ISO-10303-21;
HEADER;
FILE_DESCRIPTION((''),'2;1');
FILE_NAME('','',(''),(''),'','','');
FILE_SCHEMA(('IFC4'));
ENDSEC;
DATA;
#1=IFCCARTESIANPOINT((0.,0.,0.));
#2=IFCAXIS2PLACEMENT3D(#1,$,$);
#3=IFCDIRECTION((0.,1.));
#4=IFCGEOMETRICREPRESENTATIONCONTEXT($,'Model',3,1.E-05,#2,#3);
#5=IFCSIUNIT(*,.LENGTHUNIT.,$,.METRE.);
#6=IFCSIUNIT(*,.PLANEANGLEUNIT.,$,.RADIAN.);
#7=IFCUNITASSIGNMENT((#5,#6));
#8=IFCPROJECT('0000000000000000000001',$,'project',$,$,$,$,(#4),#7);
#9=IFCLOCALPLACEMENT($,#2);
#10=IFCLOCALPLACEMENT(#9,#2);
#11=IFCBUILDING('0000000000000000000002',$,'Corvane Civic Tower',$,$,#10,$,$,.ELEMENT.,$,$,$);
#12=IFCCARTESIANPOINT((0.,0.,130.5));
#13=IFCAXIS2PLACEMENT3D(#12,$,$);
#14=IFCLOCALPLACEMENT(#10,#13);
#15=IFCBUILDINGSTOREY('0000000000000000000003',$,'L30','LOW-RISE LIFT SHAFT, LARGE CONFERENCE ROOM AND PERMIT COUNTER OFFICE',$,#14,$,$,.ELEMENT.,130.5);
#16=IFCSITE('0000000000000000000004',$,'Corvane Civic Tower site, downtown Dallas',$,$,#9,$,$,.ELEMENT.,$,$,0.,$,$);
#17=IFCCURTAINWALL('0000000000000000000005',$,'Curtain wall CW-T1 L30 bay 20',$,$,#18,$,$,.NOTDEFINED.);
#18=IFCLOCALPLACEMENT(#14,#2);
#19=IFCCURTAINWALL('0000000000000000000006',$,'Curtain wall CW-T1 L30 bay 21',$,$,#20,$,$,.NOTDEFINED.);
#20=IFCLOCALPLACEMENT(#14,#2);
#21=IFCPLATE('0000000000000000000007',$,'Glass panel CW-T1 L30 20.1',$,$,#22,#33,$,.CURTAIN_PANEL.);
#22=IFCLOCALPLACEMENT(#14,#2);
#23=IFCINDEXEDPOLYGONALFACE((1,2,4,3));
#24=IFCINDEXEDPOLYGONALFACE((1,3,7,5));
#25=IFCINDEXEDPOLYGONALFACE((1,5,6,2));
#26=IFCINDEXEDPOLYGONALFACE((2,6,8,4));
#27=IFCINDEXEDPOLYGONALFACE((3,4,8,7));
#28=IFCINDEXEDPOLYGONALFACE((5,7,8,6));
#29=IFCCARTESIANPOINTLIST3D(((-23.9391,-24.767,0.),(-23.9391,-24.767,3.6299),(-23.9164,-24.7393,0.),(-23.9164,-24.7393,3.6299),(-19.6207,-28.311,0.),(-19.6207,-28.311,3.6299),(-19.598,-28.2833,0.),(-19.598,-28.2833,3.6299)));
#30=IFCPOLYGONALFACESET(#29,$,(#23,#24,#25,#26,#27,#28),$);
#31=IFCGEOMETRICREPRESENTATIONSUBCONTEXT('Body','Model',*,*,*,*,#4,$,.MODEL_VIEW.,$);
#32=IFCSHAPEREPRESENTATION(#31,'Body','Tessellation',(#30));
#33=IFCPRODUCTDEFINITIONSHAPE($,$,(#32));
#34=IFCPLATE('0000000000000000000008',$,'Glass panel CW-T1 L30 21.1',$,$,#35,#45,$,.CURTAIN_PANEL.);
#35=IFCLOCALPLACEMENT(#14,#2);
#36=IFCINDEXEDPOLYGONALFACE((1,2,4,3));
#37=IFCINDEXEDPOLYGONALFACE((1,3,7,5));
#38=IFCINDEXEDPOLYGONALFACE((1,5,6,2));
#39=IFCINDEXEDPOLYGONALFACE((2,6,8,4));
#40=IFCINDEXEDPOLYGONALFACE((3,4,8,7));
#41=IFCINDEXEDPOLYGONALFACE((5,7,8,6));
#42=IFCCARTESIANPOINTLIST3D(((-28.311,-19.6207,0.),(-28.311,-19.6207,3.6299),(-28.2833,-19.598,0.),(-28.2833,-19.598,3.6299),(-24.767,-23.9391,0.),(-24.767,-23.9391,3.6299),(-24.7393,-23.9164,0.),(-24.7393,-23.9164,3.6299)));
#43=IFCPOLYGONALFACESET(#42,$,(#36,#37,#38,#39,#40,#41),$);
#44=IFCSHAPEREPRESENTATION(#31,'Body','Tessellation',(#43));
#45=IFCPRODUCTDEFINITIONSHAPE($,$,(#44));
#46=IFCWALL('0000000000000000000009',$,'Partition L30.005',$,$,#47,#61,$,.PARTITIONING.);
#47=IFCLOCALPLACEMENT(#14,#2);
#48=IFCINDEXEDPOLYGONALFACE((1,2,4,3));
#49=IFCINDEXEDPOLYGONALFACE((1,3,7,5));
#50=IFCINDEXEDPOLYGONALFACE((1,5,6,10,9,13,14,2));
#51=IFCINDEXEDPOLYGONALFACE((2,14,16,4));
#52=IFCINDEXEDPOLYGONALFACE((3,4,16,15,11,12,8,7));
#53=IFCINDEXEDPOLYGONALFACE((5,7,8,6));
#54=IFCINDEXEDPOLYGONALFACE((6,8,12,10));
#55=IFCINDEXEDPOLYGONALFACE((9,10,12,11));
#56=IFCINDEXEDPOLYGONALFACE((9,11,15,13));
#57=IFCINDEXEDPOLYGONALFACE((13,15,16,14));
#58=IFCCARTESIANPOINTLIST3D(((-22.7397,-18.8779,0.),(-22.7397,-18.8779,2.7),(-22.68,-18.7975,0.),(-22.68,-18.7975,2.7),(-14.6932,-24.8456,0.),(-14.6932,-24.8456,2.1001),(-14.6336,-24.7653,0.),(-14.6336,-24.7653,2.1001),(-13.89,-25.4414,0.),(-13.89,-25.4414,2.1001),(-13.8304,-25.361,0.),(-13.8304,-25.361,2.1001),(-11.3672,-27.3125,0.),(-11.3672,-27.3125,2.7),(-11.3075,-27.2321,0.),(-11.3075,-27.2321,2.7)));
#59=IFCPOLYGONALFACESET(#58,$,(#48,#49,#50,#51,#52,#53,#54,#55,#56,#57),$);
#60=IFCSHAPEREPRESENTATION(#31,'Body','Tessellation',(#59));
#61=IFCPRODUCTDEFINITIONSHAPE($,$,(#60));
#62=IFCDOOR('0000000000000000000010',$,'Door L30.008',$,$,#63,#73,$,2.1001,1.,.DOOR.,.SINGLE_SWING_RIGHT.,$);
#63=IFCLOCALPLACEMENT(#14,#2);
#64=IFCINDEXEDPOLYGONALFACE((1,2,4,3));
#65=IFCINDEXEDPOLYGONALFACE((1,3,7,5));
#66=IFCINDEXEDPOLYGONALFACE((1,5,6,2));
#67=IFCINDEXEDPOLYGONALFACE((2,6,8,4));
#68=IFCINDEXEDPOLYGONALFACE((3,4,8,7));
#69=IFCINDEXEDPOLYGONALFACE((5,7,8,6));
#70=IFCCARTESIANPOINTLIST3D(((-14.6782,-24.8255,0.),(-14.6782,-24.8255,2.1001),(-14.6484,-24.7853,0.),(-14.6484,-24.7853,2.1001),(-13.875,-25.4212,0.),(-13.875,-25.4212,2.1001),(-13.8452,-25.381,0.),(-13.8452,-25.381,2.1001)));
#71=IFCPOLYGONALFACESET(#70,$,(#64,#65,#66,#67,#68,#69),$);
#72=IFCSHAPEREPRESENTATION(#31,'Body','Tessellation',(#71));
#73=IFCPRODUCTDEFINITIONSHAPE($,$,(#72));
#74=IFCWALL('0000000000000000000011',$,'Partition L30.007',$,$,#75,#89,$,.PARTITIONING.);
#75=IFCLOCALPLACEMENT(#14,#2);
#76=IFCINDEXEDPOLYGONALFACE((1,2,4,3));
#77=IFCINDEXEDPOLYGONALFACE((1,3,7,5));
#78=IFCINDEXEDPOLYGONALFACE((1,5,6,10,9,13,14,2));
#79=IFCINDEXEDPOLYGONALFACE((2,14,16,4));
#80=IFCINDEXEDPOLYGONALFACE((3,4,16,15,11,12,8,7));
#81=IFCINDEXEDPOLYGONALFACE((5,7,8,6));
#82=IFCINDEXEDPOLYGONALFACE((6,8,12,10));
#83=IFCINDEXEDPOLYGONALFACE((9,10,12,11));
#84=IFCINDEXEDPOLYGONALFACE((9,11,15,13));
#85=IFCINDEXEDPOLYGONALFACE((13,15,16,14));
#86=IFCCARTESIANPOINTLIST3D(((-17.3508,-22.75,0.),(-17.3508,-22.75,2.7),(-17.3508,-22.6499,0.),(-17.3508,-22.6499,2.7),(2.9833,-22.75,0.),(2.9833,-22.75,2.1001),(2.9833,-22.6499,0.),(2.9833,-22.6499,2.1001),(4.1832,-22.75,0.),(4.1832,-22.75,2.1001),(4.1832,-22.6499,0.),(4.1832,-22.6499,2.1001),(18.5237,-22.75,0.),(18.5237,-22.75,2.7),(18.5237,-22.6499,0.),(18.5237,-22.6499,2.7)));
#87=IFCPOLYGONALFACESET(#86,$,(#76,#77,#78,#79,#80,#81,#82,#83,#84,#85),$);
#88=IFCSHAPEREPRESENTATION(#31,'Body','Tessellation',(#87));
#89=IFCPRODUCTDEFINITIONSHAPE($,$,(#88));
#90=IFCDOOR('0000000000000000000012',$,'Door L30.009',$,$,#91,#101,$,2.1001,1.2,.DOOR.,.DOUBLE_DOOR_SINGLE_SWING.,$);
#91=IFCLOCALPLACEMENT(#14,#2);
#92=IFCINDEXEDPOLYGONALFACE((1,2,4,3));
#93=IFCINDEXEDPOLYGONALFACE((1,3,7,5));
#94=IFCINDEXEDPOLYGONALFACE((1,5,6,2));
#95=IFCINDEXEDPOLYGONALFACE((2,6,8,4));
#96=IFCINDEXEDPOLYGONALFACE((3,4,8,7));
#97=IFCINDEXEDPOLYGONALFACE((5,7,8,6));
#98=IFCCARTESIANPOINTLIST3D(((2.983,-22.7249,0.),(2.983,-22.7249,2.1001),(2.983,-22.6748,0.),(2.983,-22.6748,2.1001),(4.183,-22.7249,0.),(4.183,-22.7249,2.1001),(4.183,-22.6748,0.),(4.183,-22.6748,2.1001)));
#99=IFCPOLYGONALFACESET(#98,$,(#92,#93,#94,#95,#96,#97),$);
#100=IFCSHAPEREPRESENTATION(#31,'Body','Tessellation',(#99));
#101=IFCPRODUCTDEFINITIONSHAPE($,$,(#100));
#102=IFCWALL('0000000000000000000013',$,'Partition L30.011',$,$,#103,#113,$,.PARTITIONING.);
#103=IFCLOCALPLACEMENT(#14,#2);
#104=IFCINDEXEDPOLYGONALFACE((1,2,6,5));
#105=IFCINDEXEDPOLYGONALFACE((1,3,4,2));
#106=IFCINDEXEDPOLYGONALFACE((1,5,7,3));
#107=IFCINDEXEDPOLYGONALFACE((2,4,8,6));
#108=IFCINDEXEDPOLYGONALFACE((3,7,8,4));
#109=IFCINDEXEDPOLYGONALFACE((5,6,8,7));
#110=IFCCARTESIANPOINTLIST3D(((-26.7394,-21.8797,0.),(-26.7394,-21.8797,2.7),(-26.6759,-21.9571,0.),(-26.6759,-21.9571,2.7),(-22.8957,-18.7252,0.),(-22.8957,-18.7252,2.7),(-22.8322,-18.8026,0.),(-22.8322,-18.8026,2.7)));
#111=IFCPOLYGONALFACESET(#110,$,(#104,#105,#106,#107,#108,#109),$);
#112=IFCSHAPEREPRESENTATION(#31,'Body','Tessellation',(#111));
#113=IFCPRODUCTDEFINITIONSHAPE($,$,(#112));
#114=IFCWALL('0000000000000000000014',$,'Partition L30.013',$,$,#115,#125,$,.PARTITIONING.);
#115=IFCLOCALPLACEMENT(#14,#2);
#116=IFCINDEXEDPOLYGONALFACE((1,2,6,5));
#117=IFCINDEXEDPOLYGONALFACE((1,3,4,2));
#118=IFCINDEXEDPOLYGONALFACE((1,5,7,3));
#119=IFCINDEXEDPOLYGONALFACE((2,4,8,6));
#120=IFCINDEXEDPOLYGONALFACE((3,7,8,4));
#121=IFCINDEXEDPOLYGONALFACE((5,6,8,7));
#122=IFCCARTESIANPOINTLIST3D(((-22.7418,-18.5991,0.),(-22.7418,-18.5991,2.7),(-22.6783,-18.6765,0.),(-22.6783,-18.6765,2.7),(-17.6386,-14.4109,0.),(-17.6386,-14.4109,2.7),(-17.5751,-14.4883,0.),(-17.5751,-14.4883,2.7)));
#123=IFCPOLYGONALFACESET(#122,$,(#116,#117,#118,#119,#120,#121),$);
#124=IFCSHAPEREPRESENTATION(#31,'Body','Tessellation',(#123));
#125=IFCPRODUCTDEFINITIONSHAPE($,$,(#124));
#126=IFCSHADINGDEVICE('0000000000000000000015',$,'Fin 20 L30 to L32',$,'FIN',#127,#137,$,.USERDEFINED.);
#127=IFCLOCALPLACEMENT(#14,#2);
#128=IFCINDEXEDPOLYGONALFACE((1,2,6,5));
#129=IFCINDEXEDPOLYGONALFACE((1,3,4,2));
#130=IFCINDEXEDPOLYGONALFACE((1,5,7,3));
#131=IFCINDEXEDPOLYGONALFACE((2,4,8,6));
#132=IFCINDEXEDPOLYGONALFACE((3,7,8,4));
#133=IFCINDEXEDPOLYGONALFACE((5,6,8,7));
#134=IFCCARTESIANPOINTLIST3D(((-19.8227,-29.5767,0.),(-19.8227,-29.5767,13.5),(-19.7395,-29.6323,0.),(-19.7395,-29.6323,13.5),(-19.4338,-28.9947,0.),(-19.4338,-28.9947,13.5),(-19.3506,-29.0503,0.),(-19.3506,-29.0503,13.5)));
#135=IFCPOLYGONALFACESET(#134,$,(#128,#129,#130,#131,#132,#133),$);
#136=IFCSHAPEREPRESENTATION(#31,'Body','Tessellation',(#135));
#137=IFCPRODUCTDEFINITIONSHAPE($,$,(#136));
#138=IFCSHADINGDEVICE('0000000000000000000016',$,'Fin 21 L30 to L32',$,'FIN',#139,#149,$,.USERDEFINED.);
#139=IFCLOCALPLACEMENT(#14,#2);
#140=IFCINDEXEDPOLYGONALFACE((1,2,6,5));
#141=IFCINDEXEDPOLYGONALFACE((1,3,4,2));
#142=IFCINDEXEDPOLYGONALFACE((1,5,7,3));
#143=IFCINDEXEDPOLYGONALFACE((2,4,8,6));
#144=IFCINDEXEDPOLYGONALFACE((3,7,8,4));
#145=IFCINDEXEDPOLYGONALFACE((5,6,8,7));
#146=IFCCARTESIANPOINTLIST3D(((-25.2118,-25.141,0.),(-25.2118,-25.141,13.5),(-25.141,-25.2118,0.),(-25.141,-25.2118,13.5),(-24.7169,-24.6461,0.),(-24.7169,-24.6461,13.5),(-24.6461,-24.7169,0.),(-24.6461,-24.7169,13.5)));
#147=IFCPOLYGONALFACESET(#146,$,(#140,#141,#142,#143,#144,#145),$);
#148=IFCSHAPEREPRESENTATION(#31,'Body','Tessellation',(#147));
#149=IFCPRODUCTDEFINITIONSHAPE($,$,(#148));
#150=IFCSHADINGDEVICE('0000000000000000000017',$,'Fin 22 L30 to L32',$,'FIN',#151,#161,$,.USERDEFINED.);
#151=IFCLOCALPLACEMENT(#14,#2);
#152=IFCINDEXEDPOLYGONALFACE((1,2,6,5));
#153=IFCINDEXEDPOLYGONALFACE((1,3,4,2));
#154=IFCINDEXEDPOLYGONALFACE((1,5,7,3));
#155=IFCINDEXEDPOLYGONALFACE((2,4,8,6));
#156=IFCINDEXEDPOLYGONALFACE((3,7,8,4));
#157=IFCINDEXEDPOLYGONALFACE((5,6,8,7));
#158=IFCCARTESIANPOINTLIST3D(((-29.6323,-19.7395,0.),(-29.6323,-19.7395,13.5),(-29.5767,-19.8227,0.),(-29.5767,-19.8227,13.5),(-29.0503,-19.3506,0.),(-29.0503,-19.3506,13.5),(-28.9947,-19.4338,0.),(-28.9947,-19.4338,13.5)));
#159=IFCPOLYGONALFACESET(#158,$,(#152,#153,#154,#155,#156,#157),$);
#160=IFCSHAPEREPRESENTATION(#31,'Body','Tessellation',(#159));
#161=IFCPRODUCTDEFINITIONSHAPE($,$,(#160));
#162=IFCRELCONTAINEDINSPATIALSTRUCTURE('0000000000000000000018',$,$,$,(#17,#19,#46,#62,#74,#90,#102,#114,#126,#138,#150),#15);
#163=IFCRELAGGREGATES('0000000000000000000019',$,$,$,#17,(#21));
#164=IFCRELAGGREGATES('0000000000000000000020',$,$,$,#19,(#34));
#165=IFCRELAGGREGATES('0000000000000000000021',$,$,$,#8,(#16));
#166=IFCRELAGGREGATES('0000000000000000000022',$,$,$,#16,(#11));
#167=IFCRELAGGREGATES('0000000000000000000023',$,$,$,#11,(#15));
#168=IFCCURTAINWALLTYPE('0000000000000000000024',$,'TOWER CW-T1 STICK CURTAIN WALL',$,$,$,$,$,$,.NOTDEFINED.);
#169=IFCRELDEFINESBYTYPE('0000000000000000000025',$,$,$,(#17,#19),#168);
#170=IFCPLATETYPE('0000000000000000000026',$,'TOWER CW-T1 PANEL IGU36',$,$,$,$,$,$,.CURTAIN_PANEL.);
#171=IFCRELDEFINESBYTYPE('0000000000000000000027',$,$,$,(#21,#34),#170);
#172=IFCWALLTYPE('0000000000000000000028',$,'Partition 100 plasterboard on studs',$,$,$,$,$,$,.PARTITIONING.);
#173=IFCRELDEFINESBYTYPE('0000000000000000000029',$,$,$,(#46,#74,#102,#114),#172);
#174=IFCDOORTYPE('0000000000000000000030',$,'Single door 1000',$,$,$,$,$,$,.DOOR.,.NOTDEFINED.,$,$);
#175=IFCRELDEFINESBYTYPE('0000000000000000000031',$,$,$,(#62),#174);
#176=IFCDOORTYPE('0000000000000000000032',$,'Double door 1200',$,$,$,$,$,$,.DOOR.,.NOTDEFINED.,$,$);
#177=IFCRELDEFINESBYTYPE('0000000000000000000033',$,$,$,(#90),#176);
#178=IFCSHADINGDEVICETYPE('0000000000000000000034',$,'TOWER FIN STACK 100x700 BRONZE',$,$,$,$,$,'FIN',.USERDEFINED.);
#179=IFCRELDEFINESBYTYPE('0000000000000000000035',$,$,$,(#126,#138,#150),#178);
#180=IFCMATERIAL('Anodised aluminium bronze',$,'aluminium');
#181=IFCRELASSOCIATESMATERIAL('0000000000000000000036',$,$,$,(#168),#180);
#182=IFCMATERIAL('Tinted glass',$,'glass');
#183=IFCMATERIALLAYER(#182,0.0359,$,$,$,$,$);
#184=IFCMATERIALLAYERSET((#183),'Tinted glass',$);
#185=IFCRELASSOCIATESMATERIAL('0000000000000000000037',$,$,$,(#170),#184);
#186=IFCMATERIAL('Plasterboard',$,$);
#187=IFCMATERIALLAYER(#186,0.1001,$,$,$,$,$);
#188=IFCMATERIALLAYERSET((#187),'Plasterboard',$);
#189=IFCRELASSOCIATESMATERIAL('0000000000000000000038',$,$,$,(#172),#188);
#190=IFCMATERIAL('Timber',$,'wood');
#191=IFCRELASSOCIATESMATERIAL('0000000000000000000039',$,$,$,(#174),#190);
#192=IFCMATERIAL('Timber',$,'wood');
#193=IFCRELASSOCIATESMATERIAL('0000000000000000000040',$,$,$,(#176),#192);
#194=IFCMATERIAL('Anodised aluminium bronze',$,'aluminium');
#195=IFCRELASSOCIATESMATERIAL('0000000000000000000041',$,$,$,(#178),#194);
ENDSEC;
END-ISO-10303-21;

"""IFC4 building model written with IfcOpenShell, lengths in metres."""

from ifc_helpers import new_model, si_unit, direction, frame, frame_2d, origin, origin_2d, place, context, subcontext, project, spatial, rectangle, extrude, material, layer, layer_set, material_profile, profile_set, type_object, element, fill, aggregate, save


model = new_model("IFC4")

# Units and contexts
model_context = context("Model", 3, precision=1e-05, world=origin(), true_north=direction((0.0, 1.0)))
body_context = subcontext(model_context, "Body", "Model", "MODEL_VIEW")
ifc_project = project(units=[si_unit("LENGTHUNIT", "METRE"), si_unit("PLANEANGLEUNIT", "RADIAN")], contexts=[model_context])

# Site, building, storey
site_placement = place(None, origin())
site = spatial("IfcSite", under=ifc_project, at=site_placement, Name="Corvane Civic Tower site, downtown Dallas", CompositionType="ELEMENT", RefElevation=0.0)
building_placement = place(site_placement, origin())
building = spatial("IfcBuilding", under=site, at=building_placement, Name="Corvane Civic Tower", CompositionType="ELEMENT")
storey_placement = place(building_placement, frame((0.0, 0.0, 130.5)))
storey = spatial("IfcBuildingStorey", under=building, at=storey_placement, Name="L30", Description="LOW-RISE LIFT SHAFT, LARGE CONFERENCE ROOM AND PERMIT COUNTER OFFICE", CompositionType="ELEMENT", Elevation=130.5)

# Curtain walls
ifc_material_1 = material(Name="Anodised aluminium bronze", Category="aluminium")
curtain_wall_type = type_object("IfcCurtainWallType", Name="TOWER CW-T1 STICK CURTAIN WALL", PredefinedType="NOTDEFINED", material=ifc_material_1)
curtain_wall_1_placement = place(storey_placement, origin())
curtain_wall_1 = element("IfcCurtainWall", 1, at=curtain_wall_1_placement, inside=storey, type_object=curtain_wall_type, Name="Curtain wall CW-T1 L30 bay 20", PredefinedType="NOTDEFINED")
curtain_wall_2_placement = place(storey_placement, origin())
curtain_wall_2 = element("IfcCurtainWall", 2, at=curtain_wall_2_placement, inside=storey, type_object=curtain_wall_type, Name="Curtain wall CW-T1 L30 bay 21", PredefinedType="NOTDEFINED")

# Shared definitions
ifc_material_2 = material(Name="Tinted glass", Category="glass")
ifc_layer_1 = layer(ifc_material_2, 0.0359)
ifc_layer_set_1 = layer_set([ifc_layer_1], Name="Tinted glass")
plate_type = type_object("IfcPlateType", Name="TOWER CW-T1 PANEL IGU36", PredefinedType="CURTAIN_PANEL", material=ifc_layer_set_1)

# Plates
plate_1_placement = place(storey_placement, frame((-21.7686, -26.5251, 0.0), z_axis=(0.0, 0.0, 1.0), x_axis=(-0.773013, 0.63439, 0.0)))
plate_1 = element("IfcPlate", 3, at=plate_1_placement, type_object=plate_type, Name="Glass panel CW-T1 L30 20.1", PredefinedType="CURTAIN_PANEL", context=body_context, shape_type="SweptSolid", body=[
    extrude(rectangle(XDim=5.5864, YDim=0.0359, at=origin_2d()), origin(), (0.0, 0.0, 1.0), 3.6299),
])
aggregate(curtain_wall_1, [plate_1])
plate_2_placement = place(storey_placement, frame((-26.5251, -21.7686, 0.0), z_axis=(0.0, 0.0, 1.0), x_axis=(-0.63439, 0.773013, 0.0)))
plate_2 = element("IfcPlate", 4, at=plate_2_placement, type_object=plate_type, Name="Glass panel CW-T1 L30 21.1", PredefinedType="CURTAIN_PANEL", context=body_context, shape_type="SweptSolid", body=[
    extrude(rectangle(XDim=5.5864, YDim=0.0359, at=origin_2d()), origin(), (0.0, 0.0, 1.0), 3.6299),
])
aggregate(curtain_wall_2, [plate_2])

# Walls, openings, doors
ifc_material_3 = material(Name="Plasterboard")
ifc_layer_2 = layer(ifc_material_3, 0.1001)
ifc_layer_set_2 = layer_set([ifc_layer_2], Name="Plasterboard")
wall_type = type_object("IfcWallType", Name="Partition 100 plasterboard on studs", PredefinedType="PARTITIONING", material=ifc_layer_set_2)
wall_1_placement = place(storey_placement, frame((-22.71, -18.8376, 0.0), z_axis=(0.0, 0.0, 1.0), x_axis=(0.803204, -0.595704, 0.0)))
wall_1 = element("IfcWall", 5, at=wall_1_placement, inside=storey, type_object=wall_type, Name="Partition L30.005", PredefinedType="PARTITIONING", context=body_context, shape_type="SweptSolid", body=[
    extrude(rectangle(XDim=14.1589, YDim=0.1001, at=frame_2d((7.0796, 0.0))), origin(), (0.0, 0.0, 1.0), 2.7),
])
opening_1_placement = place(wall_1_placement, frame((10.0181, 0.0, 0.0)))
opening_1 = element("IfcOpeningElement", 6, at=opening_1_placement, cuts=wall_1, PredefinedType="OPENING", context=body_context, shape_type="SweptSolid", body=[
    extrude(rectangle(XDim=1.0, YDim=2.1001, at=frame_2d((0.5, 1.05))), frame((0.0, 0.0601, 0.0), z_axis=(0.0, -1.0, 0.0), x_axis=(1.0, 0.0, 0.0)), (0.0, 0.0, 1.0), 0.1201),
])
ifc_material_4 = material(Name="Timber", Category="wood")
door_type_1 = type_object("IfcDoorType", Name="Single door 1000", OperationType="NOTDEFINED", PredefinedType="DOOR", material=ifc_material_4)
door_1_placement = place(opening_1_placement, frame((1.0, 0.0, 0.0), z_axis=(0.0, 0.0, 1.0), x_axis=(-1.0, 0.0, 0.0)))
door_1 = element("IfcDoor", 7, at=door_1_placement, inside=storey, type_object=door_type_1, Name="Door L30.008", OperationType="SINGLE_SWING_RIGHT", OverallHeight=2.1001, OverallWidth=1.0, PredefinedType="DOOR", context=body_context, shape_type="SweptSolid", body=[
    extrude(rectangle(XDim=1.0, YDim=2.1001, at=frame_2d((0.5, 1.05))), frame((0.0, 0.0249, 0.0), z_axis=(0.0, -1.0, 0.0), x_axis=(1.0, 0.0, 0.0)), (0.0, 0.0, 1.0), 0.05),
])
fill(opening_1, door_1)
wall_2_placement = place(storey_placement, frame((-17.3508, -22.7, 0.0), z_axis=(0.0, 0.0, 1.0), x_axis=(1.0, 0.0, 0.0)))
wall_2 = element("IfcWall", 8, at=wall_2_placement, inside=storey, type_object=wall_type, Name="Partition L30.007", PredefinedType="PARTITIONING", context=body_context, shape_type="SweptSolid", body=[
    extrude(rectangle(XDim=35.8745, YDim=0.1001, at=frame_2d((17.9373, 0.0))), origin(), (0.0, 0.0, 1.0), 2.7),
])
opening_2_placement = place(wall_2_placement, frame((20.334, 0.0, 0.0)))
opening_2 = element("IfcOpeningElement", 9, at=opening_2_placement, cuts=wall_2, PredefinedType="OPENING", context=body_context, shape_type="SweptSolid", body=[
    extrude(rectangle(XDim=1.2, YDim=2.1001, at=frame_2d((0.6001, 1.05))), frame((0.0, 0.0601, 0.0), z_axis=(0.0, -1.0, 0.0), x_axis=(1.0, 0.0, 0.0)), (0.0, 0.0, 1.0), 0.1201),
])
ifc_material_5 = material(Name="Timber", Category="wood")
door_type_2 = type_object("IfcDoorType", Name="Double door 1200", OperationType="NOTDEFINED", PredefinedType="DOOR", material=ifc_material_5)
door_2_placement = place(opening_2_placement, frame((1.2, 0.0, 0.0), z_axis=(0.0, 0.0, 1.0), x_axis=(-1.0, 0.0, 0.0)))
door_2 = element("IfcDoor", 10, at=door_2_placement, inside=storey, type_object=door_type_2, Name="Door L30.009", OperationType="DOUBLE_DOOR_SINGLE_SWING", OverallHeight=2.1001, OverallWidth=1.2, PredefinedType="DOOR", context=body_context, shape_type="SweptSolid", body=[
    extrude(rectangle(XDim=1.2, YDim=2.1001, at=frame_2d((0.6001, 1.05))), frame((0.0, 0.0249, 0.0), z_axis=(0.0, -1.0, 0.0), x_axis=(1.0, 0.0, 0.0)), (0.0, 0.0, 1.0), 0.05),
])
fill(opening_2, door_2)

# Walls
wall_3_placement = place(storey_placement, frame((-26.7078, -21.9185, 0.0), z_axis=(0.0, 0.0, 1.0), x_axis=(0.773005, 0.6344, 0.0)))
element("IfcWall", 11, at=wall_3_placement, inside=storey, type_object=wall_type, Name="Partition L30.011", PredefinedType="PARTITIONING", context=body_context, shape_type="SweptSolid", body=[
    extrude(rectangle(XDim=4.9724, YDim=0.1001, at=frame_2d((2.4863, 0.0))), origin(), (0.0, 0.0, 1.0), 2.7),
])
wall_4_placement = place(storey_placement, frame((-22.71, -18.6377, 0.0), z_axis=(0.0, 0.0, 1.0), x_axis=(0.773004, 0.634401, 0.0)))
element("IfcWall", 12, at=wall_4_placement, inside=storey, type_object=wall_type, Name="Partition L30.013", PredefinedType="PARTITIONING", context=body_context, shape_type="SweptSolid", body=[
    extrude(rectangle(XDim=6.6018, YDim=0.1001, at=frame_2d((3.3008, 0.0))), origin(), (0.0, 0.0, 1.0), 2.7),
])

# Shading devices
ifc_material_6 = material(Name="Anodised aluminium bronze", Category="aluminium")
ifc_material_profile_1 = material_profile(ifc_material_6, rectangle(XDim=0.1001, YDim=0.7, at=origin_2d()), Name="TOWER FIN STACK 100x700 BRONZE")
ifc_profile_set_1 = profile_set([ifc_material_profile_1], Name="Anodised aluminium bronze")
shading_device_type = type_object("IfcShadingDeviceType", Name="TOWER FIN STACK 100x700 BRONZE", ElementType="FIN", PredefinedType="USERDEFINED", material=ifc_profile_set_1)
for number, where, z_axis, x_axis, name in (
    (13, (-19.5867, -29.3135, 0.0), (0.0, 0.0, 1.0), (-0.83147, 0.55557, 0.0), "Fin 20 L30 to L32"),
    (14, (-24.929, -24.929, 0.0), (0.0, 0.0, 1.0), (-0.707107, 0.707107, 0.0), "Fin 21 L30 to L32"),
    (15, (-29.3135, -19.5867, 0.0), (0.0, 0.0, 1.0), (-0.55557, 0.83147, 0.0), "Fin 22 L30 to L32"),
):
    element("IfcShadingDevice", number, at=place(storey_placement, frame(where, z_axis=z_axis, x_axis=x_axis)), inside=storey, type_object=shading_device_type, Name=name, ObjectType="FIN", PredefinedType="USERDEFINED", context=body_context, shape_type="SweptSolid", body=[
        extrude(rectangle(XDim=0.1001, YDim=0.7, at=origin_2d()), origin(), (0.0, 0.0, 1.0), 13.5),
    ])

save(model, "model.ifc")
